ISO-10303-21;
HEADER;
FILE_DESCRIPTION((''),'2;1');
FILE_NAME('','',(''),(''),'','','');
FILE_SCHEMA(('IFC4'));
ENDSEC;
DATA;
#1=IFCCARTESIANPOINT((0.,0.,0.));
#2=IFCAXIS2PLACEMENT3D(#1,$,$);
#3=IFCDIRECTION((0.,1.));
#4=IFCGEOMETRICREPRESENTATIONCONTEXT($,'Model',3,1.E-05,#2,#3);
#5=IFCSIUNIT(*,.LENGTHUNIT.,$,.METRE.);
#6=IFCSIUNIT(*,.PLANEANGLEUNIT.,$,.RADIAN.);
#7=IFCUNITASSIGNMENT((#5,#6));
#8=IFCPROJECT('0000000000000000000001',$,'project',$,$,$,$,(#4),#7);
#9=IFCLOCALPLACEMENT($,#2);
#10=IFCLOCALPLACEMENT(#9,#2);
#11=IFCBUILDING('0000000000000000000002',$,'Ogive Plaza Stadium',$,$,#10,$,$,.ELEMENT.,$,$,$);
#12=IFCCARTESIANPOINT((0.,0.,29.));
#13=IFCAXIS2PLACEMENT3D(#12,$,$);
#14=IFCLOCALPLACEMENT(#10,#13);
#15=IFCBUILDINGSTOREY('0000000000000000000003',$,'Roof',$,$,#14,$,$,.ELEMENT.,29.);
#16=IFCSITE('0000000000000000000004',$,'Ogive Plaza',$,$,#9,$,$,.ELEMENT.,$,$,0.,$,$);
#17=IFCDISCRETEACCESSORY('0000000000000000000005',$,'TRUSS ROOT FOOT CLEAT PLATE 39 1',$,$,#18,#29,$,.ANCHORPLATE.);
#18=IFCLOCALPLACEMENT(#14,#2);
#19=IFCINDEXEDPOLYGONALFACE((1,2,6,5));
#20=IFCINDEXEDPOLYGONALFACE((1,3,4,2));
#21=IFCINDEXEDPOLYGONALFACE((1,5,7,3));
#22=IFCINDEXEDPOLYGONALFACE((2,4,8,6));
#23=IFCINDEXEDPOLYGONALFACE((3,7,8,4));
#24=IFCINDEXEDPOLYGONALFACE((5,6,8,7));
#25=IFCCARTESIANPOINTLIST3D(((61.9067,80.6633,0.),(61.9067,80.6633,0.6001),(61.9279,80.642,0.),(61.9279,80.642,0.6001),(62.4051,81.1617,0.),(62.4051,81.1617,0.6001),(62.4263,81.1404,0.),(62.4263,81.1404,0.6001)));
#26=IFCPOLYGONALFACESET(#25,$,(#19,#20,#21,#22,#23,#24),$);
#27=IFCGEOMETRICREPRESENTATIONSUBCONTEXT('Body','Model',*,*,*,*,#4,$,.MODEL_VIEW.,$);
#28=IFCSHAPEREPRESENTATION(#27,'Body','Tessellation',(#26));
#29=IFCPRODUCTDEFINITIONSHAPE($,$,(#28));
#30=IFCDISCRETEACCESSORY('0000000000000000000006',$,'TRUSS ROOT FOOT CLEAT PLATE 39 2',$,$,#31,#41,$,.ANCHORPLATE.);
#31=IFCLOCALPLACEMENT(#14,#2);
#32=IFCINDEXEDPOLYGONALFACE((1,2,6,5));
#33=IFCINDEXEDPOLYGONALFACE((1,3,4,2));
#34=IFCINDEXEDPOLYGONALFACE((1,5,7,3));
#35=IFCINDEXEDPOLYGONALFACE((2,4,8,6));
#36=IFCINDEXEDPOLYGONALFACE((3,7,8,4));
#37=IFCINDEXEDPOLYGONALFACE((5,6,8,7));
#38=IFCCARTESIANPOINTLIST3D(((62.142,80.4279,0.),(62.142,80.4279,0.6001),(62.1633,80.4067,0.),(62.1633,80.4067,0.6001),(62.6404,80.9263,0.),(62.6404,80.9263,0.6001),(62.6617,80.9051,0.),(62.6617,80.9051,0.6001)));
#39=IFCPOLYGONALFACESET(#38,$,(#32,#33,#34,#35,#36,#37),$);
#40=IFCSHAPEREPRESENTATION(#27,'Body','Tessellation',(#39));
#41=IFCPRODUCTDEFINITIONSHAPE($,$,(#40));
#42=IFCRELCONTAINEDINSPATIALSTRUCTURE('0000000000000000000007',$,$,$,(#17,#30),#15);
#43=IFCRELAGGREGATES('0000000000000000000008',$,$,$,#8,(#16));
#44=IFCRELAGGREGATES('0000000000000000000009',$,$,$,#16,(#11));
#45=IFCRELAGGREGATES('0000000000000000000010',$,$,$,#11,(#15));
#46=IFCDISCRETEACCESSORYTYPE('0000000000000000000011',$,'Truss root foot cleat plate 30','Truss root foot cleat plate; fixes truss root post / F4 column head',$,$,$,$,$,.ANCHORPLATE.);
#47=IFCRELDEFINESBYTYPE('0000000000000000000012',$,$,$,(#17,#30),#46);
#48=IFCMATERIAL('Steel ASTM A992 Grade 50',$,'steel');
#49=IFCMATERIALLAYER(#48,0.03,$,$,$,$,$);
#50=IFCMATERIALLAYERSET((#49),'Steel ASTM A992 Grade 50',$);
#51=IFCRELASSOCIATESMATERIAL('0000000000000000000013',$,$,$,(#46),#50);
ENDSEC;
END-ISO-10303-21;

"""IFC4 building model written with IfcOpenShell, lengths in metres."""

from ifc_helpers import new_model, si_unit, direction, frame, origin, origin_2d, place, context, subcontext, project, spatial, rectangle, extrude, material, layer, layer_set, type_object, element, save


model = new_model("IFC4")

# Units and contexts
model_context = context("Model", 3, precision=1e-05, world=origin(), true_north=direction((0.0, 1.0)))
body_context = subcontext(model_context, "Body", "Model", "MODEL_VIEW")
ifc_project = project(units=[si_unit("LENGTHUNIT", "METRE"), si_unit("PLANEANGLEUNIT", "RADIAN")], contexts=[model_context])

# Site, building, storey
site_placement = place(None, origin())
site = spatial("IfcSite", under=ifc_project, at=site_placement, Name="Ogive Plaza", CompositionType="ELEMENT", RefElevation=0.0)
building_placement = place(site_placement, origin())
building = spatial("IfcBuilding", under=site, at=building_placement, Name="Ogive Plaza Stadium", CompositionType="ELEMENT")
storey_placement = place(building_placement, frame((0.0, 0.0, 29.0)))
storey = spatial("IfcBuildingStorey", under=building, at=storey_placement, Name="Roof", CompositionType="ELEMENT", Elevation=29.0)

# Discrete accessories
ifc_material_1 = material(Name="Steel ASTM A992 Grade 50", Category="steel")
ifc_layer_1 = layer(ifc_material_1, 0.03)
ifc_layer_set_1 = layer_set([ifc_layer_1], Name="Steel ASTM A992 Grade 50")
discrete_accessory_type_1 = type_object("IfcDiscreteAccessoryType", Name="Truss root foot cleat plate 30", Description="Truss root foot cleat plate; fixes truss root post / F4 column head", PredefinedType="ANCHORPLATE", material=ifc_layer_set_1)
for number, where, z_axis, x_axis, name in (
    (1, (62.1665, 80.9019, 0.0), (0.0, 0.0, 1.0), (0.707107, 0.707107, 0.0), "TRUSS ROOT FOOT CLEAT PLATE 39 1"),
    (2, (62.4019, 80.6665, 0.0), (0.0, 0.0, 1.0), (0.707107, 0.707107, 0.0), "TRUSS ROOT FOOT CLEAT PLATE 39 2"),
):
    element("IfcDiscreteAccessory", number, at=place(storey_placement, frame(where, z_axis=z_axis, x_axis=x_axis)), inside=storey, type_object=discrete_accessory_type_1, Name=name, PredefinedType="ANCHORPLATE", context=body_context, shape_type="SweptSolid", body=[
        extrude(rectangle(XDim=0.7048, YDim=0.03, at=origin_2d()), origin(), (0.0, 0.0, 1.0), 0.6001),
    ])

save(model, "model.ifc")
